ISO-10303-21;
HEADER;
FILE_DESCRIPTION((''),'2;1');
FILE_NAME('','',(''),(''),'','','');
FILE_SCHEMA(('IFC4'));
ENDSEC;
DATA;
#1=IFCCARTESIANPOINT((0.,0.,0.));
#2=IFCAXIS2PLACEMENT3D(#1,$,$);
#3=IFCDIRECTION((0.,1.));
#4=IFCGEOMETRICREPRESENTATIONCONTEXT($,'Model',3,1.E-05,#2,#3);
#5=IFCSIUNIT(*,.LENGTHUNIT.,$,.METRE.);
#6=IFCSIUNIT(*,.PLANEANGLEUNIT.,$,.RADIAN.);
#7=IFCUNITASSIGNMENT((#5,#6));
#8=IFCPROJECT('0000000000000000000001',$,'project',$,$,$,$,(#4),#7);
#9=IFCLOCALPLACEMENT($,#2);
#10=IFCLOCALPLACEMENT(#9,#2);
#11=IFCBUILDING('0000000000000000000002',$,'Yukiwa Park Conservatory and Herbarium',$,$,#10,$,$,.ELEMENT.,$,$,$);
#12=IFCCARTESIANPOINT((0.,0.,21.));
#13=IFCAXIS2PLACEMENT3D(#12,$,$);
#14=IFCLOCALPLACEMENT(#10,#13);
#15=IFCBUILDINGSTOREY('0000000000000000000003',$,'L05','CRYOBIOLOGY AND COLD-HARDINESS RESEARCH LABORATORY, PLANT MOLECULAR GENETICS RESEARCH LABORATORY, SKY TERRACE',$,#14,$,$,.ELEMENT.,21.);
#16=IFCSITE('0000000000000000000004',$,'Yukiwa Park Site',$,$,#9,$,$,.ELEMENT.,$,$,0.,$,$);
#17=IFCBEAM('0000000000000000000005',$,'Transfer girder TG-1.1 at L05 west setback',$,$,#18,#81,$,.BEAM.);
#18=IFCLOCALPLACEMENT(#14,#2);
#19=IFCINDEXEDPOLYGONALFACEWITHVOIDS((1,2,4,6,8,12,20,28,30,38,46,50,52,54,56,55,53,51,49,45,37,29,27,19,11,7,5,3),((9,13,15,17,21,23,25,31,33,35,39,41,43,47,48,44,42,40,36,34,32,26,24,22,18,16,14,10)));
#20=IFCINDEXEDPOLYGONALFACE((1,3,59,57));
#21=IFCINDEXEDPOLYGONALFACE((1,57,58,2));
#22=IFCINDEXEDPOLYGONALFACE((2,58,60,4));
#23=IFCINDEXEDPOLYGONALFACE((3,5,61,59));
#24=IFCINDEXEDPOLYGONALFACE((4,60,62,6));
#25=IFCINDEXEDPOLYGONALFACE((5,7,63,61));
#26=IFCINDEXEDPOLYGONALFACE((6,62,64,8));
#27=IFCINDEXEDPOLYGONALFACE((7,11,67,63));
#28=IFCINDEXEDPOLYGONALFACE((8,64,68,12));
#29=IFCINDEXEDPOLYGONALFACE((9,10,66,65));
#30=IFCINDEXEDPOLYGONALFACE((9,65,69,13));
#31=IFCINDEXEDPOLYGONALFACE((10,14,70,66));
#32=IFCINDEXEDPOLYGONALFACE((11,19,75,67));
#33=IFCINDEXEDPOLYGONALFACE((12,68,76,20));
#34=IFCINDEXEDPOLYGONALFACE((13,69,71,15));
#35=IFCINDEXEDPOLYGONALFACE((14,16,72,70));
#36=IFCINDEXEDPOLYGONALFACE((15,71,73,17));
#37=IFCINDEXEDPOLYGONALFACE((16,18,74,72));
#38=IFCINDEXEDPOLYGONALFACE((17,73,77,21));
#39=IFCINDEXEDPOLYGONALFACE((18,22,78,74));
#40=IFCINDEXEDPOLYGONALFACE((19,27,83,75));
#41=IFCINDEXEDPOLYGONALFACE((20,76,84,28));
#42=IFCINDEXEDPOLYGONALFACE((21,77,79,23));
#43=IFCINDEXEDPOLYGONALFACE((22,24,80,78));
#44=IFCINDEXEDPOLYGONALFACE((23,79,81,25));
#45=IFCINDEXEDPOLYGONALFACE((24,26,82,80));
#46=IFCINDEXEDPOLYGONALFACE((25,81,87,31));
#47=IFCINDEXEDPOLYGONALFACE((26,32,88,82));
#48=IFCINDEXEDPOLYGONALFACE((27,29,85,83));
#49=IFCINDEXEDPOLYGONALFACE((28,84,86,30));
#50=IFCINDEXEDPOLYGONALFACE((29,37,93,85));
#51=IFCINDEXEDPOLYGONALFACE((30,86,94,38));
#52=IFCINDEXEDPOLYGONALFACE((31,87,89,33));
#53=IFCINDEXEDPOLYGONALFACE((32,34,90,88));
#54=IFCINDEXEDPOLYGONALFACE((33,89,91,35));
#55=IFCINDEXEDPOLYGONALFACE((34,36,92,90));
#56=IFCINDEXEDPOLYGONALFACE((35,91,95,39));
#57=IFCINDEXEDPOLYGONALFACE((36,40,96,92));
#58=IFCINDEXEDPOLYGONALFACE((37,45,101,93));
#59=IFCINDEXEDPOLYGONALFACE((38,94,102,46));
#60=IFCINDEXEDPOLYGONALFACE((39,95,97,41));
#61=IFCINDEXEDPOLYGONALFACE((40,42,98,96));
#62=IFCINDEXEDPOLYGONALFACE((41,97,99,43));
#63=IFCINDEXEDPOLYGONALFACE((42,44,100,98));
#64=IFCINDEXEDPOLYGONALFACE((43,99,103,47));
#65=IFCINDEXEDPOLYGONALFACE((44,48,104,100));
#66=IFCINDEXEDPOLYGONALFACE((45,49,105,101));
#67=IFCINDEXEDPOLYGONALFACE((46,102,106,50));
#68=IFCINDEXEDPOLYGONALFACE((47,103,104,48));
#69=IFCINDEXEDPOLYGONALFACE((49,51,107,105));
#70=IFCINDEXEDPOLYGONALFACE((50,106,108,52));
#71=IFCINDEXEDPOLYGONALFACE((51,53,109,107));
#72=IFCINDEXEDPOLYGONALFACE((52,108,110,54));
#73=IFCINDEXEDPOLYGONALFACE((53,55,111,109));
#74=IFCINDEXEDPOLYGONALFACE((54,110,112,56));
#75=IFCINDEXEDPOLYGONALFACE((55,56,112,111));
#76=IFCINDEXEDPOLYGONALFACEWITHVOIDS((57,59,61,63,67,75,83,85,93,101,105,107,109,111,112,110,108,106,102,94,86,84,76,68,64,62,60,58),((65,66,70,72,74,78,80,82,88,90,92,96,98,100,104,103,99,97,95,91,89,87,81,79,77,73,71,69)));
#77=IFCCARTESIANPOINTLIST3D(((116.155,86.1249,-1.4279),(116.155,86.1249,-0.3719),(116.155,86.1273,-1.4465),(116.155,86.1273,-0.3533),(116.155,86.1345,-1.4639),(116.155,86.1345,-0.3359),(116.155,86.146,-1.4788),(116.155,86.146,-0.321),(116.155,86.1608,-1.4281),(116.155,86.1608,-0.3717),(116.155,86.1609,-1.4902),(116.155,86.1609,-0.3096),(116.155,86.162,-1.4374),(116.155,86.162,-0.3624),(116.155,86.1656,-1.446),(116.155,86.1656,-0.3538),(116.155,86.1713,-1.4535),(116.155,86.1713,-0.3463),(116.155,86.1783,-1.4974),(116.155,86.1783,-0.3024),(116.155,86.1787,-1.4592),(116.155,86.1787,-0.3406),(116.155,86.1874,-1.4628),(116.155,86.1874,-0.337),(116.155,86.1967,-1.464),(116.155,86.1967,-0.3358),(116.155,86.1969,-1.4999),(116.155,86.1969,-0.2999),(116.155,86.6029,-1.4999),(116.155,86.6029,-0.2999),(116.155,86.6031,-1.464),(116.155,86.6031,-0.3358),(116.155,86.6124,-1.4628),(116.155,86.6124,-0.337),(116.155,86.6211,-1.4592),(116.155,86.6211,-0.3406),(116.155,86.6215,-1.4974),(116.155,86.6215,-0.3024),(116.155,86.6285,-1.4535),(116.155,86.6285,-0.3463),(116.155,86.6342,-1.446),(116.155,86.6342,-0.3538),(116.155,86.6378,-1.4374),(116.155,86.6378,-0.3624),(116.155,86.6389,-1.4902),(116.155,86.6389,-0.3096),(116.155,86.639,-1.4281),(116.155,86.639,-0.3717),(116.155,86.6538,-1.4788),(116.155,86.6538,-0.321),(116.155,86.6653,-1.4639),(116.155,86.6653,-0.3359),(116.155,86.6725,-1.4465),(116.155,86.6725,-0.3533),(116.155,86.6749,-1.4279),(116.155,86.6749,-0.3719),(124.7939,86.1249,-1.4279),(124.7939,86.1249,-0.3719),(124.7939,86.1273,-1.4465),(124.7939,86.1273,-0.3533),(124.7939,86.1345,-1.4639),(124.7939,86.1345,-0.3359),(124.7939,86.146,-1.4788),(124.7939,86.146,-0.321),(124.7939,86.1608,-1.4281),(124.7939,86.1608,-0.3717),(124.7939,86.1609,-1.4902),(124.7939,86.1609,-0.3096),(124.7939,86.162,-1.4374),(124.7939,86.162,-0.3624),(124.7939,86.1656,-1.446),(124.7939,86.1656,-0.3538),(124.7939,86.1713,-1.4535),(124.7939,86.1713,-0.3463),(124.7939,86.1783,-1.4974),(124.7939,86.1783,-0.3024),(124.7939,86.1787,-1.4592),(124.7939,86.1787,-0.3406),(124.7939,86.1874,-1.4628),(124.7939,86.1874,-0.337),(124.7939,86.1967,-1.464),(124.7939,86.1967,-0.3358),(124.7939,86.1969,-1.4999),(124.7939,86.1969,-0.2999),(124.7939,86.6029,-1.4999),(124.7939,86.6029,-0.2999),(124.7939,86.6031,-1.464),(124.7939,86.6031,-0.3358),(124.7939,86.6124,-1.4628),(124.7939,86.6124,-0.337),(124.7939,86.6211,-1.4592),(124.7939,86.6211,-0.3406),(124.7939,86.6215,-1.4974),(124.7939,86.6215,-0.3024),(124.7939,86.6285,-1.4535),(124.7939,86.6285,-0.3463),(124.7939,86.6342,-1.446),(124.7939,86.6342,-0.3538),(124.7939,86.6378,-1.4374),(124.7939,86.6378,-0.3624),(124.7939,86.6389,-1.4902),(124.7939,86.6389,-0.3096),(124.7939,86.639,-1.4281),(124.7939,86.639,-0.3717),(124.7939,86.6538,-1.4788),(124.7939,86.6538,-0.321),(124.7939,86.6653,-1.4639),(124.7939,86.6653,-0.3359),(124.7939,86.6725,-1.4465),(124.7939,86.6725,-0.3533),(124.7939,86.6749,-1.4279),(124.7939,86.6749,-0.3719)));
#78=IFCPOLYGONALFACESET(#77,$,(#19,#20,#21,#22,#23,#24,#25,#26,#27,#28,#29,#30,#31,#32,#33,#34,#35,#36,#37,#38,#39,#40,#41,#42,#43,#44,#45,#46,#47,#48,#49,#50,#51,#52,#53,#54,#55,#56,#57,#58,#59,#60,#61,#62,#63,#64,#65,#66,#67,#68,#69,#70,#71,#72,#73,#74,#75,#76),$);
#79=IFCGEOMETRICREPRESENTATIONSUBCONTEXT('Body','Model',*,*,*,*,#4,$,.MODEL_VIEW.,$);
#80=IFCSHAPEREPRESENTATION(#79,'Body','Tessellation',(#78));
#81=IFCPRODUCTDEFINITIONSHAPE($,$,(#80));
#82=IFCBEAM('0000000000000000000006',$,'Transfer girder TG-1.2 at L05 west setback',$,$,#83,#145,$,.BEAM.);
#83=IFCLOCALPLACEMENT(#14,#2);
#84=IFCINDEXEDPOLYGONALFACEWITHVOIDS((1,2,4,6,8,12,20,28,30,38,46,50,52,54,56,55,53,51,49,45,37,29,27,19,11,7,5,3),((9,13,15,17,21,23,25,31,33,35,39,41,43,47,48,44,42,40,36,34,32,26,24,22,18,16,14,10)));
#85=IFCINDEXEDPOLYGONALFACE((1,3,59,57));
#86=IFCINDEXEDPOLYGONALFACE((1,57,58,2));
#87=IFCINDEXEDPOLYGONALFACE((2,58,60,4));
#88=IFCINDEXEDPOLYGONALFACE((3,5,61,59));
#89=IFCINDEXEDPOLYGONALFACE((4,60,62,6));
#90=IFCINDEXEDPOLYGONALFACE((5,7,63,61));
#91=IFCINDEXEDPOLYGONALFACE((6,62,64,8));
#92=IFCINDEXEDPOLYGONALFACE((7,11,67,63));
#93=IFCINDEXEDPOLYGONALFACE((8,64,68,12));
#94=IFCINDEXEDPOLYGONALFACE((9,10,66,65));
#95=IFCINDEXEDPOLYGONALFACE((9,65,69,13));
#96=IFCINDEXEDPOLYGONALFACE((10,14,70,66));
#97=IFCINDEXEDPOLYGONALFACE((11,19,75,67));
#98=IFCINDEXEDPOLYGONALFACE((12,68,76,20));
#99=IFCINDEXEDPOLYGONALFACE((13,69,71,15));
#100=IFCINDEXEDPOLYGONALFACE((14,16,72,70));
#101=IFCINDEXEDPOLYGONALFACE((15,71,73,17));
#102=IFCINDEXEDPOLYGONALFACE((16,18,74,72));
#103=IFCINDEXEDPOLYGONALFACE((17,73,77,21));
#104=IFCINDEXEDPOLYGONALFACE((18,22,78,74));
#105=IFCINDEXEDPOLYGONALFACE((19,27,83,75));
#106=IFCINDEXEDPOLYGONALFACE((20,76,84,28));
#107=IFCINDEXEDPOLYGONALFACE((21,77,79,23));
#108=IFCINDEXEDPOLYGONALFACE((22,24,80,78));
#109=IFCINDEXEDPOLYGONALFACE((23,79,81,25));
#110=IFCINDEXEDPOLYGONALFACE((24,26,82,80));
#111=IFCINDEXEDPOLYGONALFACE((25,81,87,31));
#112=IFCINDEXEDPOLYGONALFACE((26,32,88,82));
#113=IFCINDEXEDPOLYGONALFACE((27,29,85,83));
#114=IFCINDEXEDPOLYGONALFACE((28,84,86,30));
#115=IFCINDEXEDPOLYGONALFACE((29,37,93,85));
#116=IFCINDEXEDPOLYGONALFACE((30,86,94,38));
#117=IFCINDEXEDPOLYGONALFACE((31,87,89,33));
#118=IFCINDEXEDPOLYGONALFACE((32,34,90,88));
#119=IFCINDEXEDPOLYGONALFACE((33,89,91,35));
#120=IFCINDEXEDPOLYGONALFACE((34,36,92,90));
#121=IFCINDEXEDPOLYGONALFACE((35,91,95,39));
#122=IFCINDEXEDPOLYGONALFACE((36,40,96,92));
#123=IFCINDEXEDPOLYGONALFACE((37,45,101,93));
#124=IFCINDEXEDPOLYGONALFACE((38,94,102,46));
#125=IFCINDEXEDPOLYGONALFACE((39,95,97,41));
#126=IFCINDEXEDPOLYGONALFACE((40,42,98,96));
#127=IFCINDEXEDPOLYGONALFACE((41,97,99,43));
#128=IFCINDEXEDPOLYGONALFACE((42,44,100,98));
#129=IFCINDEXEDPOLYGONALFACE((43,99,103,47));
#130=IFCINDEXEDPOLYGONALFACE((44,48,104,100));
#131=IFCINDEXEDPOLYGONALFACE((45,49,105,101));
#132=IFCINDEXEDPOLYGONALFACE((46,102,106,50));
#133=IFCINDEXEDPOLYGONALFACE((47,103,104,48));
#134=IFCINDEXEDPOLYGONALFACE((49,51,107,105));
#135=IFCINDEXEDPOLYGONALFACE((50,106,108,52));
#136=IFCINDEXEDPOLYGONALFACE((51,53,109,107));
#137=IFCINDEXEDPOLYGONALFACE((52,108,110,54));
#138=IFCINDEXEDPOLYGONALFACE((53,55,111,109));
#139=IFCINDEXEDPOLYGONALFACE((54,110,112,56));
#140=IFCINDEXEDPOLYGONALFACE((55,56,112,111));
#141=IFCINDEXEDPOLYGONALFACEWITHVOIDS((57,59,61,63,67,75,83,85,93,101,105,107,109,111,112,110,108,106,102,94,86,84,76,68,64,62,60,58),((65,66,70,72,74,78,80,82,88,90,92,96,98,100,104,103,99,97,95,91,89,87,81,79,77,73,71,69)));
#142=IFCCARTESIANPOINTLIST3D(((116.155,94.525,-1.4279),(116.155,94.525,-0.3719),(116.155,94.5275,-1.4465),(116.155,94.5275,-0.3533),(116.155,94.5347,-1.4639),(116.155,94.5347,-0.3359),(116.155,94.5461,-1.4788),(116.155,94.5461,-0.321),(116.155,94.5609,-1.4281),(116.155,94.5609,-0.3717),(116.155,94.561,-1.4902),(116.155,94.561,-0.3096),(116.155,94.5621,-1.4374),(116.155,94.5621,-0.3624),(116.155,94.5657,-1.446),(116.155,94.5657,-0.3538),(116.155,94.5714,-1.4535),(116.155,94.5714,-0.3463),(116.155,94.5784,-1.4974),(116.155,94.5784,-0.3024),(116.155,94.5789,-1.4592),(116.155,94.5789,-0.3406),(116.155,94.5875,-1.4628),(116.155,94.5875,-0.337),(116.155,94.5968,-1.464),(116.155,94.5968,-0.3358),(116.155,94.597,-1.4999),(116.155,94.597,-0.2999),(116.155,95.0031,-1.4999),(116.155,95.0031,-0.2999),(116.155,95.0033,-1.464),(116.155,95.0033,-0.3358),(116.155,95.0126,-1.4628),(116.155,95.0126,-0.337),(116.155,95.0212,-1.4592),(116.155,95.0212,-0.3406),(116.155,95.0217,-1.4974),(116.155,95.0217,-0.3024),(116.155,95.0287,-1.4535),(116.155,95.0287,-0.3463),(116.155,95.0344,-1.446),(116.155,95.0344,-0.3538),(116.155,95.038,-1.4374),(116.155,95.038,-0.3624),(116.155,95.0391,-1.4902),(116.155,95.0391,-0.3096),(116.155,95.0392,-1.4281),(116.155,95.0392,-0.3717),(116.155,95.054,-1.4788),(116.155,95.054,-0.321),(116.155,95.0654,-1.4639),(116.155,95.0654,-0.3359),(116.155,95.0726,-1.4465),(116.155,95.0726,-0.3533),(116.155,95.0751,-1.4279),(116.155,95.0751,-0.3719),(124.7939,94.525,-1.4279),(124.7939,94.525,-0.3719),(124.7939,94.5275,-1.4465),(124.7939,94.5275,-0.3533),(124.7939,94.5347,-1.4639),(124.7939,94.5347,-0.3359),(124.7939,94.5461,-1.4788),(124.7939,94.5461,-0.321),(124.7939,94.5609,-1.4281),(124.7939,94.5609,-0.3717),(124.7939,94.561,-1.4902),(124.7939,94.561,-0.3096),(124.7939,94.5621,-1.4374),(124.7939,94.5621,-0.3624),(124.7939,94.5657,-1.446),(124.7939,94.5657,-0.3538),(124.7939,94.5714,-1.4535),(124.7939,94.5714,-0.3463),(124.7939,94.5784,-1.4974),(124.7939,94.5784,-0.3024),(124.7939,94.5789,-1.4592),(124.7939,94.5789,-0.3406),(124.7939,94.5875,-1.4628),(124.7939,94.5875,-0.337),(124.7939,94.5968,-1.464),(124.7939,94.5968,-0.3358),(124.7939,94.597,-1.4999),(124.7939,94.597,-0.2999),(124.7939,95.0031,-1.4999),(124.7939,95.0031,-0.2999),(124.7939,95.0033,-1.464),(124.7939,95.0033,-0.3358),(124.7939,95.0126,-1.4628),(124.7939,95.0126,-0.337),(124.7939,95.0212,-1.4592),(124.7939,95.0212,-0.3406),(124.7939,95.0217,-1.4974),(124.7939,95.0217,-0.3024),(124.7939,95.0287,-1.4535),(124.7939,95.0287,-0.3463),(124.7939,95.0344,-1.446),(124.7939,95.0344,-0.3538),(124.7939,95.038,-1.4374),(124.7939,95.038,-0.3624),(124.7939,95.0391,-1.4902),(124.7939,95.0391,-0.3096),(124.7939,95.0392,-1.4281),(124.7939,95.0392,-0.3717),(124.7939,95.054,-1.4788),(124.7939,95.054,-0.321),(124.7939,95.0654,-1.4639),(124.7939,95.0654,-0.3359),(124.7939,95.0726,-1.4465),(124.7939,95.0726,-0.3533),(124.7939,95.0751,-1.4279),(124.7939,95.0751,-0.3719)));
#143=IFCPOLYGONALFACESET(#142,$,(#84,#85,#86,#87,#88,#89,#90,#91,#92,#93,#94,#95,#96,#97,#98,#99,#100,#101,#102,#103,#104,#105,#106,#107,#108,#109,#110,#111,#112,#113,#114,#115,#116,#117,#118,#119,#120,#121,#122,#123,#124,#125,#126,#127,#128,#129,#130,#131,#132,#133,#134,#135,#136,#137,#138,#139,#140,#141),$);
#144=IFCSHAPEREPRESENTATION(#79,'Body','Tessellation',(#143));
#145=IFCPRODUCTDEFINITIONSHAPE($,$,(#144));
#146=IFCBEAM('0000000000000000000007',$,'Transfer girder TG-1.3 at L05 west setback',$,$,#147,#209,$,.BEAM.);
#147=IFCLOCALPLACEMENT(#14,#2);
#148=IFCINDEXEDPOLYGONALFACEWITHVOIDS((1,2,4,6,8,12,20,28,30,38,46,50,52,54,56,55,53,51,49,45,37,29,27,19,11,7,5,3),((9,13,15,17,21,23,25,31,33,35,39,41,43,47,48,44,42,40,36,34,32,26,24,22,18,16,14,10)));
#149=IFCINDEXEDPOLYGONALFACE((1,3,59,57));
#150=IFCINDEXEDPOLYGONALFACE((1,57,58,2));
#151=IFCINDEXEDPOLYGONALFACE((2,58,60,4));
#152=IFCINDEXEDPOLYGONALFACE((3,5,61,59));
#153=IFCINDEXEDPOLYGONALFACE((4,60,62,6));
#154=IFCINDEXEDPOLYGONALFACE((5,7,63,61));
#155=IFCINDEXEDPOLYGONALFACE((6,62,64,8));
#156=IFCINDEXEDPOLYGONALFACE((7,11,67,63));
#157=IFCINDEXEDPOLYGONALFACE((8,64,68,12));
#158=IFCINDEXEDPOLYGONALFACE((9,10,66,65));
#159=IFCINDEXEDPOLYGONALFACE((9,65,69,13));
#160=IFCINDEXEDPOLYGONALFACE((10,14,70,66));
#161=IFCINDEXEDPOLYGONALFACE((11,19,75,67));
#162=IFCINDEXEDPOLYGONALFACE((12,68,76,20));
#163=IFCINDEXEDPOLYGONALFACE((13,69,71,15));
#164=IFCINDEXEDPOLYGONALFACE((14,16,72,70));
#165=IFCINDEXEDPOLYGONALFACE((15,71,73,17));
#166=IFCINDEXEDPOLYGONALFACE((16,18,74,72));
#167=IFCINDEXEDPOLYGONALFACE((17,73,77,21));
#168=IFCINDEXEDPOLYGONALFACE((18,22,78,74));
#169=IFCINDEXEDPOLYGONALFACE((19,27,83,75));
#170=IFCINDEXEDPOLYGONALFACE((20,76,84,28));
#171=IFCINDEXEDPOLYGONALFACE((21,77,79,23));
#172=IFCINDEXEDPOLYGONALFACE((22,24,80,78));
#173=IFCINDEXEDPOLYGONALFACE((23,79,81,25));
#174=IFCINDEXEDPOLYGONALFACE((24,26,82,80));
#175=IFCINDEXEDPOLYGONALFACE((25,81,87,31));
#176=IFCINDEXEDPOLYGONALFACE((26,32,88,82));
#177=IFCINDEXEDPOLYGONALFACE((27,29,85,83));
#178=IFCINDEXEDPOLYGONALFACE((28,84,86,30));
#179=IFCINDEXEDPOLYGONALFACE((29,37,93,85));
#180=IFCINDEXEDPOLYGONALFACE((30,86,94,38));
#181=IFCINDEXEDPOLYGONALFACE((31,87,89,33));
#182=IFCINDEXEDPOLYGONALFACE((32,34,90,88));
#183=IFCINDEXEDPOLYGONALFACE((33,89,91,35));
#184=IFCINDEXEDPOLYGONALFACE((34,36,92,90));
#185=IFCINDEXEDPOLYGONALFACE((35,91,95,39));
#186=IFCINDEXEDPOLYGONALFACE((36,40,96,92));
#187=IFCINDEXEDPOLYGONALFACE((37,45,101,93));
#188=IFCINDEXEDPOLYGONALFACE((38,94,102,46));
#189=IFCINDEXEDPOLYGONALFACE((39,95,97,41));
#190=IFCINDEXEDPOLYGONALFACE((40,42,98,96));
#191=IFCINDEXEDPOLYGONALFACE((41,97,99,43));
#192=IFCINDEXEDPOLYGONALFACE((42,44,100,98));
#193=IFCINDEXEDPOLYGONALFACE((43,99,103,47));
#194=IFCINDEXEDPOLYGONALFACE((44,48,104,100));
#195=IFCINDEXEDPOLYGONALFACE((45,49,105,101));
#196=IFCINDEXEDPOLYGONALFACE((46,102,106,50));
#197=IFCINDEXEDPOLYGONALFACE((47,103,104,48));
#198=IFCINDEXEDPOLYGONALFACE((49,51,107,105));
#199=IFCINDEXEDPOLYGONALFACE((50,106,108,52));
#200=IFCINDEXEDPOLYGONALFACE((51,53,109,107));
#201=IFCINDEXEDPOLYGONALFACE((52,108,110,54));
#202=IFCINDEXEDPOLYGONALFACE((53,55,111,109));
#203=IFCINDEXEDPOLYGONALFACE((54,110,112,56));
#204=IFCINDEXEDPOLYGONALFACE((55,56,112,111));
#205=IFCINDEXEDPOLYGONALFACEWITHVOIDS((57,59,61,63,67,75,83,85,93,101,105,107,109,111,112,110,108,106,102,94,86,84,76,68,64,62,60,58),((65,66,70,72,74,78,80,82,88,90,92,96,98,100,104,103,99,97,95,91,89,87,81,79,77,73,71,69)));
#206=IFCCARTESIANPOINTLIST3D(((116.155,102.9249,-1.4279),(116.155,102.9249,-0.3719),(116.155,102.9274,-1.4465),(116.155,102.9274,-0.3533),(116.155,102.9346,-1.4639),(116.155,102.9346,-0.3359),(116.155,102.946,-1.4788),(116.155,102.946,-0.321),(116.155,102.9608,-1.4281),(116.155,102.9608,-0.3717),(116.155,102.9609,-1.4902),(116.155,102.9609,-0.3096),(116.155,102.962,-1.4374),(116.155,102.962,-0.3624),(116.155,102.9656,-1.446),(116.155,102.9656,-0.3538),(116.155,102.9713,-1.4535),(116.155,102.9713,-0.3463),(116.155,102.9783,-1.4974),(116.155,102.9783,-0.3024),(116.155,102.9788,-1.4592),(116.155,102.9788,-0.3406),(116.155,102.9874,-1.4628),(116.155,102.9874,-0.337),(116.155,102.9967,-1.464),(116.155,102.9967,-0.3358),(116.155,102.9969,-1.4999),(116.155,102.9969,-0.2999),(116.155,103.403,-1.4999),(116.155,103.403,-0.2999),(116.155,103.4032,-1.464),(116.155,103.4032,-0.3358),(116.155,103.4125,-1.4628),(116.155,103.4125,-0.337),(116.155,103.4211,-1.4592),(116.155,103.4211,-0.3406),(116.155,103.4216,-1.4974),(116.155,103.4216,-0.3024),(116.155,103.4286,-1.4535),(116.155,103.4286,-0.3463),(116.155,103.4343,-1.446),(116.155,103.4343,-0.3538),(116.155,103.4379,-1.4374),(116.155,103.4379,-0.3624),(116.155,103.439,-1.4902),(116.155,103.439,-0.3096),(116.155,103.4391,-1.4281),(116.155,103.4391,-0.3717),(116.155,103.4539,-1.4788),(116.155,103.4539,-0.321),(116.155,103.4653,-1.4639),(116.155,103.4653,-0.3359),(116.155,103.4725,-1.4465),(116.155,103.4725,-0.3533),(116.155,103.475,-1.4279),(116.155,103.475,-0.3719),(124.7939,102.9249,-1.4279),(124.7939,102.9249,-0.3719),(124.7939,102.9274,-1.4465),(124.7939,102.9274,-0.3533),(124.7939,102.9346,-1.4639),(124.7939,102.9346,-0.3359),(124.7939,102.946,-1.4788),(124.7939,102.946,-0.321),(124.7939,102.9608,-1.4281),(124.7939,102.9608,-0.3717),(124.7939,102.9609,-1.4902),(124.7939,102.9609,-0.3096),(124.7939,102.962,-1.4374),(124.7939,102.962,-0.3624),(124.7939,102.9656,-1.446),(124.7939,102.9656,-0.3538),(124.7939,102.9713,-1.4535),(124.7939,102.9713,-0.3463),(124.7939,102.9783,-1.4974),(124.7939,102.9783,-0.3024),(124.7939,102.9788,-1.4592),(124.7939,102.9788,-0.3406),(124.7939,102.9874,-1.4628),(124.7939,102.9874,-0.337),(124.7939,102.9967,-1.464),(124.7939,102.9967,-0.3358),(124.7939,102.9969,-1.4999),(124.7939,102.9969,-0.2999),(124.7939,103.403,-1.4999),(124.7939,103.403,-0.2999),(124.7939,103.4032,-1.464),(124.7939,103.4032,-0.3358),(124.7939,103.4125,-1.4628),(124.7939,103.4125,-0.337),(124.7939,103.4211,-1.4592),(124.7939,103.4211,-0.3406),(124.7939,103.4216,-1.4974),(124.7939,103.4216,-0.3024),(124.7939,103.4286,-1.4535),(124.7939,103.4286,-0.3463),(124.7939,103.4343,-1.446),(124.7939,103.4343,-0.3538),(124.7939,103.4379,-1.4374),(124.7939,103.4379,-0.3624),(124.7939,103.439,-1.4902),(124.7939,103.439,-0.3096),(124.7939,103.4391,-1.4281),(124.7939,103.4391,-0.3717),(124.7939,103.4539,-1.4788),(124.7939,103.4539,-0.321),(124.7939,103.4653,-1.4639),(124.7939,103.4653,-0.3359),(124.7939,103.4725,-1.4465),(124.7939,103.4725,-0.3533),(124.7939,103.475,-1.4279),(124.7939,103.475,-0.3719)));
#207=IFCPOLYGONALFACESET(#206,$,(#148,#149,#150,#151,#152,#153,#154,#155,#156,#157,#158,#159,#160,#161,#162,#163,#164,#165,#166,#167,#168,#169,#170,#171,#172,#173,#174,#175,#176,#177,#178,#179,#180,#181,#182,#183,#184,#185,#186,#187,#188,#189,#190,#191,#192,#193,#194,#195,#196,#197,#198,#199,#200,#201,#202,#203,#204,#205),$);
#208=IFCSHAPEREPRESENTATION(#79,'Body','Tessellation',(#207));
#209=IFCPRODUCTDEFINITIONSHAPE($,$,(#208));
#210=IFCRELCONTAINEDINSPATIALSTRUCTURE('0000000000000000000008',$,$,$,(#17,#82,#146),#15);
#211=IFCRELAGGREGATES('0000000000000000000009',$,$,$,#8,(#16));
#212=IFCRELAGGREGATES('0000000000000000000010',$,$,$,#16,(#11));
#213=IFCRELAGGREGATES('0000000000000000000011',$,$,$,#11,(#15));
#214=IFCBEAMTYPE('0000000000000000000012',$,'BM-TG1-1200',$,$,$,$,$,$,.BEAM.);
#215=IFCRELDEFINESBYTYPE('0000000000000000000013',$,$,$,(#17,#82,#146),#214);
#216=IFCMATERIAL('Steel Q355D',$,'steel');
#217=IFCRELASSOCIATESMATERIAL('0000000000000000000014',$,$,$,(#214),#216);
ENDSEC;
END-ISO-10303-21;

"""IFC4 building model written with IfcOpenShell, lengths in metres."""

from ifc_helpers import new_model, si_unit, direction, frame, origin, origin_2d, place, context, subcontext, project, spatial, hollow_rectangle, extrude, material, material_profile, profile_set, type_object, element, save


model = new_model("IFC4")

# Units and contexts
model_context = context("Model", 3, precision=1e-05, world=origin(), true_north=direction((0.0, 1.0)))
body_context = subcontext(model_context, "Body", "Model", "MODEL_VIEW")
ifc_project = project(units=[si_unit("LENGTHUNIT", "METRE"), si_unit("PLANEANGLEUNIT", "RADIAN")], contexts=[model_context])

# Site, building, storey
site_placement = place(None, origin())
site = spatial("IfcSite", under=ifc_project, at=site_placement, Name="Yukiwa Park Site", CompositionType="ELEMENT", RefElevation=0.0)
building_placement = place(site_placement, origin())
building = spatial("IfcBuilding", under=site, at=building_placement, Name="Yukiwa Park Conservatory and Herbarium", CompositionType="ELEMENT")
storey_placement = place(building_placement, frame((0.0, 0.0, 21.0)))
storey = spatial("IfcBuildingStorey", under=building, at=storey_placement, Name="L05", Description="CRYOBIOLOGY AND COLD-HARDINESS RESEARCH LABORATORY, PLANT MOLECULAR GENETICS RESEARCH LABORATORY, SKY TERRACE", CompositionType="ELEMENT", Elevation=21.0)

# Beams
ifc_material_1 = material(Name="Steel Q355D", Category="steel")
ifc_material_profile_1 = material_profile(ifc_material_1, hollow_rectangle(XDim=0.55, YDim=1.2, WallThickness=0.0359, InnerFilletRadius=0.0359, OuterFilletRadius=0.072, at=origin_2d()), Name="BOX 1200x550x36")
ifc_profile_set_1 = profile_set([ifc_material_profile_1], Name="Steel Q355D")
beam_type_1 = type_object("IfcBeamType", Name="BM-TG1-1200", PredefinedType="BEAM", material=ifc_profile_set_1)
for number, where, z_axis, x_axis, name in (
    (1, (116.155, 86.3999, -0.8999), (1.0, 0.0, 0.0), (0.0, 1.0, 0.0), "Transfer girder TG-1.1 at L05 west setback"),
    (2, (116.155, 94.8, -0.8999), (1.0, 0.0, 0.0), (0.0, 1.0, 0.0), "Transfer girder TG-1.2 at L05 west setback"),
    (3, (116.155, 103.2, -0.8999), (1.0, 0.0, 0.0), (0.0, 1.0, 0.0), "Transfer girder TG-1.3 at L05 west setback"),
):
    element("IfcBeam", number, at=place(storey_placement, frame(where, z_axis=z_axis, x_axis=x_axis)), inside=storey, type_object=beam_type_1, Name=name, PredefinedType="BEAM", context=body_context, shape_type="SweptSolid", body=[
        extrude(hollow_rectangle(XDim=0.55, YDim=1.2, WallThickness=0.0359, InnerFilletRadius=0.0359, OuterFilletRadius=0.072, at=origin_2d()), origin(), (0.0, 0.0, 1.0), 8.6389),
    ])

save(model, "model.ifc")
